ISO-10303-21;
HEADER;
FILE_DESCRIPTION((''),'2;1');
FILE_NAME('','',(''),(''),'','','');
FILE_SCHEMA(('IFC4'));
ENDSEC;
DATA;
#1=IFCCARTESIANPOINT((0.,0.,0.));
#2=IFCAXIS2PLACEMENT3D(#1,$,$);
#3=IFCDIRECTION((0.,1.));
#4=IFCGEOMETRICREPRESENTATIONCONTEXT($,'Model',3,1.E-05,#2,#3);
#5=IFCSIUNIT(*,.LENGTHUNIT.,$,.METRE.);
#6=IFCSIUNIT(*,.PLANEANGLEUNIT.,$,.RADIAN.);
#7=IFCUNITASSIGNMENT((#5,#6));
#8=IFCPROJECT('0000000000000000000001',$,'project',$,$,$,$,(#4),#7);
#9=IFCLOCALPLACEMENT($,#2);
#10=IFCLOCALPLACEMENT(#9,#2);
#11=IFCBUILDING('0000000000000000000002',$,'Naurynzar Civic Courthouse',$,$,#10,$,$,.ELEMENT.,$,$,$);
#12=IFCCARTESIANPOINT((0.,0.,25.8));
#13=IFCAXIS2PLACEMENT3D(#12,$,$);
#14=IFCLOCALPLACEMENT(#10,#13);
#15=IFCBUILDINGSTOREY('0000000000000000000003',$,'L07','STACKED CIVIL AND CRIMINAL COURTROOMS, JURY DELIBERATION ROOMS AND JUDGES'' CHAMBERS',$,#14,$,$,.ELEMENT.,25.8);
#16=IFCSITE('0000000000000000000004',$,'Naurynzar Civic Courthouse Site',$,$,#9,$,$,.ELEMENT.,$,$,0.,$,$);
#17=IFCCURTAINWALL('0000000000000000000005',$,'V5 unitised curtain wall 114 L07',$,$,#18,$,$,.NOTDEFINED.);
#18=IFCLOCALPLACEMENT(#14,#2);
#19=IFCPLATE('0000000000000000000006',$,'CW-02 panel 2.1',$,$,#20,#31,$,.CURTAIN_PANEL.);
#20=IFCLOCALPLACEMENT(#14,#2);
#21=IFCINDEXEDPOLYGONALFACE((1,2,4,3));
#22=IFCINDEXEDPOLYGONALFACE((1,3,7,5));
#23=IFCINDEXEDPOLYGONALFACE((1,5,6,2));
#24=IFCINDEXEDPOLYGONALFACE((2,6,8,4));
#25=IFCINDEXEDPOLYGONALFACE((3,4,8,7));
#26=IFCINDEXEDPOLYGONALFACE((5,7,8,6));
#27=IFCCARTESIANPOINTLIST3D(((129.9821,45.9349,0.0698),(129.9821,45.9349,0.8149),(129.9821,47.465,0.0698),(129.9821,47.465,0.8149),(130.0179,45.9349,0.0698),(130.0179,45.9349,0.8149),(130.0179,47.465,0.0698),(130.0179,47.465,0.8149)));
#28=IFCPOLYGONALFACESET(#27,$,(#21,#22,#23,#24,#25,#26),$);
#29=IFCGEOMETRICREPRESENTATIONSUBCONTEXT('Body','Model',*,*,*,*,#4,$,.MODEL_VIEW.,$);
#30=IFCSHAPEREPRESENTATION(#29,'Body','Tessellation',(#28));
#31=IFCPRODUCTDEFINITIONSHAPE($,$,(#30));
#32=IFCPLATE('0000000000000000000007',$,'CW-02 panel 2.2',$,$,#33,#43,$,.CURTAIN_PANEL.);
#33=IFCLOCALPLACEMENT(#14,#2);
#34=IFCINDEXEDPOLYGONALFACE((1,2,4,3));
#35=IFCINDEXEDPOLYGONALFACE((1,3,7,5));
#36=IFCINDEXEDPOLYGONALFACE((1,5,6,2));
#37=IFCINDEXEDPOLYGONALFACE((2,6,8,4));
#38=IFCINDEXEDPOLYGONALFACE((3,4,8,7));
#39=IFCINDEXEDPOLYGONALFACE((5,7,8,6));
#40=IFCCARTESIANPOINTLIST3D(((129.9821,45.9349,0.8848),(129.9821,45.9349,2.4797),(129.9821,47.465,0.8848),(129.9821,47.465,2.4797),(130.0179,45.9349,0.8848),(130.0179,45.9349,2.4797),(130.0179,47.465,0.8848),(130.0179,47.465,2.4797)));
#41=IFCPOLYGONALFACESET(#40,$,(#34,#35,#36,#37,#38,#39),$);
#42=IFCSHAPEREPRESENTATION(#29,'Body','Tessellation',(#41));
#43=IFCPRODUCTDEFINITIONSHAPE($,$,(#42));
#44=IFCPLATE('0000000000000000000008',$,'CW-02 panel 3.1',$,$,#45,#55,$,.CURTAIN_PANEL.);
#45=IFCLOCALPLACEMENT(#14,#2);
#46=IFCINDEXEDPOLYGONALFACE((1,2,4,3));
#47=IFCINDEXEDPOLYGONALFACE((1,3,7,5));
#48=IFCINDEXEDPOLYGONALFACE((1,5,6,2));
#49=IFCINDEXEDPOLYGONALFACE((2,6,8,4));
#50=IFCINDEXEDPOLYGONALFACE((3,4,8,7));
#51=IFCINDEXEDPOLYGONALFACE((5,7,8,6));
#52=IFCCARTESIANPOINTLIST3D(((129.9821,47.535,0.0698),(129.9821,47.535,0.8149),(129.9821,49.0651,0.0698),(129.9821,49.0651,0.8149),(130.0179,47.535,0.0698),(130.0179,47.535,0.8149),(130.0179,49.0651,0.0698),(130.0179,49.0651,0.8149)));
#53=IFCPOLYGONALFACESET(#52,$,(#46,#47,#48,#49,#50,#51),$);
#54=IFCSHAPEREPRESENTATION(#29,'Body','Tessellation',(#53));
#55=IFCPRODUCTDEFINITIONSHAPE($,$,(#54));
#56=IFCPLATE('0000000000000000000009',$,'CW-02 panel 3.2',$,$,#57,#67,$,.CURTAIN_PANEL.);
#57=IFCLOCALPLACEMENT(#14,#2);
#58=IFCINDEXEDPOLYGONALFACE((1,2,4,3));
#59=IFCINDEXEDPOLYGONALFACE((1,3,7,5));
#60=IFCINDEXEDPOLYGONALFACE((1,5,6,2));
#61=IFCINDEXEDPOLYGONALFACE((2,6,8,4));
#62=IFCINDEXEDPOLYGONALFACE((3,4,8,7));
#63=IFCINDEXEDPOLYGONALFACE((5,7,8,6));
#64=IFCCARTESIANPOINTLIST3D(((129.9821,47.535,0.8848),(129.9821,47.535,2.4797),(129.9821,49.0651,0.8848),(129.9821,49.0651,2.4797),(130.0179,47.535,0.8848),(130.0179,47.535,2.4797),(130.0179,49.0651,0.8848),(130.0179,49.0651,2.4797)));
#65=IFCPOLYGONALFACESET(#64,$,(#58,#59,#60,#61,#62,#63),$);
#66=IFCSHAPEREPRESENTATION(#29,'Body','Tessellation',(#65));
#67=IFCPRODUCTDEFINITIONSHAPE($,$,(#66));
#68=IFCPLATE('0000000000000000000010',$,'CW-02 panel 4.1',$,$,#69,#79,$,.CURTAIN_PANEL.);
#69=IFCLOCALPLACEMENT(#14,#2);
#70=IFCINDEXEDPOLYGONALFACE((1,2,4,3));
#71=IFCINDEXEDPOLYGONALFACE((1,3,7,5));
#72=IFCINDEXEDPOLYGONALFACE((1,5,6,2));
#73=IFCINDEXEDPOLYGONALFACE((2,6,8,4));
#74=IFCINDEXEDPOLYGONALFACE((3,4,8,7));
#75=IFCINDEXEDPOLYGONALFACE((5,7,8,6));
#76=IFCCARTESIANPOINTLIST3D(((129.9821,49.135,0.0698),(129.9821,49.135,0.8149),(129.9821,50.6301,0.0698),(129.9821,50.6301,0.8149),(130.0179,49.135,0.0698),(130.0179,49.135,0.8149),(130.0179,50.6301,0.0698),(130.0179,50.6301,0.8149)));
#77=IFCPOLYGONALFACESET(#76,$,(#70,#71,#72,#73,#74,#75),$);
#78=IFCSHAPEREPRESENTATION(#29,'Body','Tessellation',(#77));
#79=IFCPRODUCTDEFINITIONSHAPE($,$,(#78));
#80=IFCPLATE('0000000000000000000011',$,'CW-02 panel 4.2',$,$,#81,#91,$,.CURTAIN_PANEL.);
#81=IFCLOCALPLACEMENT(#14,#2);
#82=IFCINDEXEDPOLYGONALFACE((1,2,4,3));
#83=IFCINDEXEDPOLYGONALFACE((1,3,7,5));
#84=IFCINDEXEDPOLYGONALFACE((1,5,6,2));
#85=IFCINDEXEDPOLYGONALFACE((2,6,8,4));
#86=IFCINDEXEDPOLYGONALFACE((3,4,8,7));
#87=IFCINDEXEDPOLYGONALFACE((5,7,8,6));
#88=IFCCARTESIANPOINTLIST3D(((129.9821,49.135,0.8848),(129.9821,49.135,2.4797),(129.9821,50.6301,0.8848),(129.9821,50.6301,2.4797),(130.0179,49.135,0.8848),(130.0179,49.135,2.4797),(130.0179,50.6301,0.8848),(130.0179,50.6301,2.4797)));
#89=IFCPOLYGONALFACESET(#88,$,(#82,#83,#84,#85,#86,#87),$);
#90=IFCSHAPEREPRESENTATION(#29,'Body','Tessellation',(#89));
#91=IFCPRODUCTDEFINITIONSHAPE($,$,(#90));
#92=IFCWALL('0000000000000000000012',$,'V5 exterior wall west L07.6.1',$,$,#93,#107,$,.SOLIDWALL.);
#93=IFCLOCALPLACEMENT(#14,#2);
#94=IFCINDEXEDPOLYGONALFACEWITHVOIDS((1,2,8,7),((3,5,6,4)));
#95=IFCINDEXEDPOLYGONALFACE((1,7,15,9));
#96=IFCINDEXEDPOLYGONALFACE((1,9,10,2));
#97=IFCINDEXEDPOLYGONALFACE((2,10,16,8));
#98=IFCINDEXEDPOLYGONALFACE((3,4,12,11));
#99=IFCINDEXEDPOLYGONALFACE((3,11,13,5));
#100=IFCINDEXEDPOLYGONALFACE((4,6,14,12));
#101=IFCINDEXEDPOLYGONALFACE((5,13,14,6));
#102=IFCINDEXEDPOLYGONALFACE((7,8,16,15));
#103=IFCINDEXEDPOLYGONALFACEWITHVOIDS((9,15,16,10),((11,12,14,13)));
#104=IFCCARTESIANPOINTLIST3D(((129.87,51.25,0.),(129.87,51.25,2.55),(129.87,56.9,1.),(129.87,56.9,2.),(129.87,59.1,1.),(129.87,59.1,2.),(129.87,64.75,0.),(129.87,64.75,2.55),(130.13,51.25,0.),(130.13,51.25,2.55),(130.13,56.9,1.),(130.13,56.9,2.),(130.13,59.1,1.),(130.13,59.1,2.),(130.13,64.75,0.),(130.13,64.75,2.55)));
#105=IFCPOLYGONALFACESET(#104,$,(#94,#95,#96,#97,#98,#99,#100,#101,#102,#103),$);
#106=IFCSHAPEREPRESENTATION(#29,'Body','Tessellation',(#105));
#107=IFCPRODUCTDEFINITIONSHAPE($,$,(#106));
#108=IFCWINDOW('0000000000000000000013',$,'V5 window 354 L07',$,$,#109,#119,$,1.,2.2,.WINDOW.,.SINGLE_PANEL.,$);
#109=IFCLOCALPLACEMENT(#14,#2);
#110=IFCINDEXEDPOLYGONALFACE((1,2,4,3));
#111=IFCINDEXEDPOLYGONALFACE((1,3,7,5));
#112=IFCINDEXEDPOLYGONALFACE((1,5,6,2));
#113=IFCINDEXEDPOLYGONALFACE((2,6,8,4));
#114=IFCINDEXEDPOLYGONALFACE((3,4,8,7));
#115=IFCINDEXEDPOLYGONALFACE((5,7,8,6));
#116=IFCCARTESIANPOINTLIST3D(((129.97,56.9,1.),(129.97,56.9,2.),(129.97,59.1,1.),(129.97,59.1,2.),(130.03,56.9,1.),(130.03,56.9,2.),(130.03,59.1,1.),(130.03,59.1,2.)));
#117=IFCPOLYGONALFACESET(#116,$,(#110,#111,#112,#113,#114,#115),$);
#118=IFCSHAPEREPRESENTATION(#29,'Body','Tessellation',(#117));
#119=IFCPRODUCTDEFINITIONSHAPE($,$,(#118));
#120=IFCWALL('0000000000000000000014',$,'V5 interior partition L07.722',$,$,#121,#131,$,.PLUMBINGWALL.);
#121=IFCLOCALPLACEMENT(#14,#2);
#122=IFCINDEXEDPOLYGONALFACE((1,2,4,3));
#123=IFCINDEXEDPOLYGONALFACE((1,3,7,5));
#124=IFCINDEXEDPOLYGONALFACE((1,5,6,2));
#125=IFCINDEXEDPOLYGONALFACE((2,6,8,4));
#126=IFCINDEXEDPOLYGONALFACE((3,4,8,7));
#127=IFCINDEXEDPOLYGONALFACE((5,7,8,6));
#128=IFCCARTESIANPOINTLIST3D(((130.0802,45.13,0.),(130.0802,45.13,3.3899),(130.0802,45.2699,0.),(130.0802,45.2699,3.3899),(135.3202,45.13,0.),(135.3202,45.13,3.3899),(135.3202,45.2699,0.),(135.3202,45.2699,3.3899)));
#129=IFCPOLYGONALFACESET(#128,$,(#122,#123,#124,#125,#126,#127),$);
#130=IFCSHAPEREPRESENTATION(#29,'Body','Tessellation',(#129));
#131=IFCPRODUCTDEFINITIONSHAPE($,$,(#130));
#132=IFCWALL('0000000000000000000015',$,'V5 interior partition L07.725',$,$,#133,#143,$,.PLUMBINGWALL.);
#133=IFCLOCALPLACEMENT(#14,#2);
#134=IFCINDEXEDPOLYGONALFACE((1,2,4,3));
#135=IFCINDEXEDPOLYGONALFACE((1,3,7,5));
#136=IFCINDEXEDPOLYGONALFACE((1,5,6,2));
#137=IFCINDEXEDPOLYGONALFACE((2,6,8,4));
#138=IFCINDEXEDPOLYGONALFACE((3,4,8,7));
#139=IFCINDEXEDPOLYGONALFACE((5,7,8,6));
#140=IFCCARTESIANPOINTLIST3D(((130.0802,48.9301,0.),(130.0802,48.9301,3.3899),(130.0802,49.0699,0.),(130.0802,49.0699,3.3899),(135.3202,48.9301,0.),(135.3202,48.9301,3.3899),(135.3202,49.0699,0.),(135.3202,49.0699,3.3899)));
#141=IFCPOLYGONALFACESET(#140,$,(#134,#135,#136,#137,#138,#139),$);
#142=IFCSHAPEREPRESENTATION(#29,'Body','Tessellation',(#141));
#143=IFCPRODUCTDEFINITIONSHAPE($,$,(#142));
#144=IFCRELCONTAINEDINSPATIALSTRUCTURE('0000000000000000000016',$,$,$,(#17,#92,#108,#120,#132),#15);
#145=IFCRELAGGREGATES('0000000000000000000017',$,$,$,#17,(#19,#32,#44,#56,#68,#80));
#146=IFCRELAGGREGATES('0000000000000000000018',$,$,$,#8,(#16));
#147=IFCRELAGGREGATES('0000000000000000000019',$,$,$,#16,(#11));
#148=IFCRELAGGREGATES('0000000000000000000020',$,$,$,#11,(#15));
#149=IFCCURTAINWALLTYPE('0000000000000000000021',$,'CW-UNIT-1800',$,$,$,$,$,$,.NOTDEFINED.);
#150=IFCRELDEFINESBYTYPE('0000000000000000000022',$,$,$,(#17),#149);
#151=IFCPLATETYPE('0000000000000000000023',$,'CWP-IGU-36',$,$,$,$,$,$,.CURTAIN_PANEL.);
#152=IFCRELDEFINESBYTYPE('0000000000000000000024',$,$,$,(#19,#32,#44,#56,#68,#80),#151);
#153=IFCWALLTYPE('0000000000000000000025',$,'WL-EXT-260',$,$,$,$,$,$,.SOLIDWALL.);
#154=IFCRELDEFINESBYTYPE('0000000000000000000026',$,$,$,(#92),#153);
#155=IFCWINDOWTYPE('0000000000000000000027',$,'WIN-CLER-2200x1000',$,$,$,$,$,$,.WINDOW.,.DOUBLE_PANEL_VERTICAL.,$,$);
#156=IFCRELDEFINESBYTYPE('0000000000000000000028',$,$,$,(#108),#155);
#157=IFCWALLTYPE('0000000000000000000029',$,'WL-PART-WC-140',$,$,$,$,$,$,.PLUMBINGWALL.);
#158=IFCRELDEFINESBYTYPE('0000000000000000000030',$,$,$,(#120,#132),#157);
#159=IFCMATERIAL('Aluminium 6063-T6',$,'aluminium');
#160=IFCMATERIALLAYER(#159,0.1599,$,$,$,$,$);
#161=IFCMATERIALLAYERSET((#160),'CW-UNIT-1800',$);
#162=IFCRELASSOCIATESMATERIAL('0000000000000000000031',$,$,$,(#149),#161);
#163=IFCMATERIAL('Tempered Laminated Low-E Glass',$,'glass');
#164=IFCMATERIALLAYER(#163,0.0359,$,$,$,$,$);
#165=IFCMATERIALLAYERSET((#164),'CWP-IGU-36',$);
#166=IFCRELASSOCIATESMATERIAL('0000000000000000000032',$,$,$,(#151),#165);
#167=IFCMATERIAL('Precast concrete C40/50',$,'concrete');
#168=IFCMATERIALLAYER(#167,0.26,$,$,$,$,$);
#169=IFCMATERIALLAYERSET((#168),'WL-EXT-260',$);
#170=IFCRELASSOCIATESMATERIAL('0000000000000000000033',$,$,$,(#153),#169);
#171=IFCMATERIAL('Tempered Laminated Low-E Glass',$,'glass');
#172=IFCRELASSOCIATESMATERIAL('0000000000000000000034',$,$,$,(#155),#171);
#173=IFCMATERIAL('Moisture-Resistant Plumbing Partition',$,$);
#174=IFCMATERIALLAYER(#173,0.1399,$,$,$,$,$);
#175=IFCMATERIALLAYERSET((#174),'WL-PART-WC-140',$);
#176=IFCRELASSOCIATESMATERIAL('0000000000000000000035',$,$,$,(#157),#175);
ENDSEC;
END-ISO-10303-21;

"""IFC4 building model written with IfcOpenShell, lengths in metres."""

from ifc_helpers import new_model, si_unit, direction, frame, frame_2d, origin, origin_2d, place, context, subcontext, project, spatial, rectangle, extrude, material, layer, layer_set, type_object, element, fill, aggregate, save


model = new_model("IFC4")

# Units and contexts
model_context = context("Model", 3, precision=1e-05, world=origin(), true_north=direction((0.0, 1.0)))
body_context = subcontext(model_context, "Body", "Model", "MODEL_VIEW")
ifc_project = project(units=[si_unit("LENGTHUNIT", "METRE"), si_unit("PLANEANGLEUNIT", "RADIAN")], contexts=[model_context])

# Site, building, storey
site_placement = place(None, origin())
site = spatial("IfcSite", under=ifc_project, at=site_placement, Name="Naurynzar Civic Courthouse Site", CompositionType="ELEMENT", RefElevation=0.0)
building_placement = place(site_placement, origin())
building = spatial("IfcBuilding", under=site, at=building_placement, Name="Naurynzar Civic Courthouse", CompositionType="ELEMENT")
storey_placement = place(building_placement, frame((0.0, 0.0, 25.8)))
storey = spatial("IfcBuildingStorey", under=building, at=storey_placement, Name="L07", Description="STACKED CIVIL AND CRIMINAL COURTROOMS, JURY DELIBERATION ROOMS AND JUDGES' CHAMBERS", CompositionType="ELEMENT", Elevation=25.8)

# Curtain wall, plates
ifc_material_1 = material(Name="Aluminium 6063-T6", Category="aluminium")
ifc_layer_1 = layer(ifc_material_1, 0.1599)
ifc_layer_set_1 = layer_set([ifc_layer_1], Name="CW-UNIT-1800")
curtain_wall_type = type_object("IfcCurtainWallType", Name="CW-UNIT-1800", PredefinedType="NOTDEFINED", material=ifc_layer_set_1)
curtain_wall_placement = place(storey_placement, origin())
curtain_wall = element("IfcCurtainWall", 1, at=curtain_wall_placement, inside=storey, type_object=curtain_wall_type, Name="V5 unitised curtain wall 114 L07", PredefinedType="NOTDEFINED")
ifc_material_2 = material(Name="Tempered Laminated Low-E Glass", Category="glass")
ifc_layer_2 = layer(ifc_material_2, 0.0359)
ifc_layer_set_2 = layer_set([ifc_layer_2], Name="CWP-IGU-36")
plate_type = type_object("IfcPlateType", Name="CWP-IGU-36", PredefinedType="CURTAIN_PANEL", material=ifc_layer_set_2)
plate_1_placement = place(storey_placement, frame((130.0, 46.7, 0.0698), z_axis=(0.0, 0.0, 1.0), x_axis=(0.0, 1.0, 0.0)))
plate_1 = element("IfcPlate", 2, at=plate_1_placement, type_object=plate_type, Name="CW-02 panel 2.1", PredefinedType="CURTAIN_PANEL", context=body_context, shape_type="SweptSolid", body=[
    extrude(rectangle(XDim=1.53, YDim=0.0359, at=origin_2d()), origin(), (0.0, 0.0, 1.0), 0.7451),
])
plate_2_placement = place(storey_placement, frame((130.0, 46.7, 0.8848), z_axis=(0.0, 0.0, 1.0), x_axis=(0.0, 1.0, 0.0)))
plate_2 = element("IfcPlate", 3, at=plate_2_placement, type_object=plate_type, Name="CW-02 panel 2.2", PredefinedType="CURTAIN_PANEL", context=body_context, shape_type="SweptSolid", body=[
    extrude(rectangle(XDim=1.53, YDim=0.0359, at=origin_2d()), origin(), (0.0, 0.0, 1.0), 1.595),
])
plate_3_placement = place(storey_placement, frame((130.0, 48.3, 0.0698), z_axis=(0.0, 0.0, 1.0), x_axis=(0.0, 1.0, 0.0)))
plate_3 = element("IfcPlate", 4, at=plate_3_placement, type_object=plate_type, Name="CW-02 panel 3.1", PredefinedType="CURTAIN_PANEL", context=body_context, shape_type="SweptSolid", body=[
    extrude(rectangle(XDim=1.53, YDim=0.0359, at=origin_2d()), origin(), (0.0, 0.0, 1.0), 0.7451),
])
plate_4_placement = place(storey_placement, frame((130.0, 48.3, 0.8848), z_axis=(0.0, 0.0, 1.0), x_axis=(0.0, 1.0, 0.0)))
plate_4 = element("IfcPlate", 5, at=plate_4_placement, type_object=plate_type, Name="CW-02 panel 3.2", PredefinedType="CURTAIN_PANEL", context=body_context, shape_type="SweptSolid", body=[
    extrude(rectangle(XDim=1.53, YDim=0.0359, at=origin_2d()), origin(), (0.0, 0.0, 1.0), 1.595),
])
plate_5_placement = place(storey_placement, frame((130.0, 49.8826, 0.0698), z_axis=(0.0, 0.0, 1.0), x_axis=(0.0, 1.0, 0.0)))
plate_5 = element("IfcPlate", 6, at=plate_5_placement, type_object=plate_type, Name="CW-02 panel 4.1", PredefinedType="CURTAIN_PANEL", context=body_context, shape_type="SweptSolid", body=[
    extrude(rectangle(XDim=1.4951, YDim=0.0359, at=origin_2d()), origin(), (0.0, 0.0, 1.0), 0.7451),
])
plate_6_placement = place(storey_placement, frame((130.0, 49.8826, 0.8848), z_axis=(0.0, 0.0, 1.0), x_axis=(0.0, 1.0, 0.0)))
plate_6 = element("IfcPlate", 7, at=plate_6_placement, type_object=plate_type, Name="CW-02 panel 4.2", PredefinedType="CURTAIN_PANEL", context=body_context, shape_type="SweptSolid", body=[
    extrude(rectangle(XDim=1.4951, YDim=0.0359, at=origin_2d()), origin(), (0.0, 0.0, 1.0), 1.595),
])
aggregate(curtain_wall, [plate_1, plate_2, plate_3, plate_4, plate_5, plate_6])

# Wall, opening, window
ifc_material_3 = material(Name="Precast concrete C40/50", Category="concrete")
ifc_layer_3 = layer(ifc_material_3, 0.26)
ifc_layer_set_3 = layer_set([ifc_layer_3], Name="WL-EXT-260")
wall_type_1 = type_object("IfcWallType", Name="WL-EXT-260", PredefinedType="SOLIDWALL", material=ifc_layer_set_3)
wall_placement = place(storey_placement, frame((130.0, 51.25, 0.0), z_axis=(0.0, 0.0, 1.0), x_axis=(0.0, 1.0, 0.0)))
wall = element("IfcWall", 8, at=wall_placement, inside=storey, type_object=wall_type_1, Name="V5 exterior wall west L07.6.1", PredefinedType="SOLIDWALL", context=body_context, shape_type="SweptSolid", body=[
    extrude(rectangle(XDim=13.5, YDim=0.26, at=frame_2d((6.75, 0.0))), origin(), (0.0, 0.0, 1.0), 2.55),
])
opening_placement = place(wall_placement, frame((5.6499, 0.0, 1.0)))
opening = element("IfcOpeningElement", 9, at=opening_placement, cuts=wall, PredefinedType="OPENING", context=body_context, shape_type="SweptSolid", body=[
    extrude(rectangle(XDim=2.2, YDim=1.0, at=frame_2d((1.1001, 0.5))), frame((0.0, 0.1399, 0.0), z_axis=(0.0, -1.0, 0.0), x_axis=(1.0, 0.0, 0.0)), (0.0, 0.0, 1.0), 0.28),
])
ifc_material_4 = material(Name="Tempered Laminated Low-E Glass", Category="glass")
window_type = type_object("IfcWindowType", Name="WIN-CLER-2200x1000", PartitioningType="DOUBLE_PANEL_VERTICAL", PredefinedType="WINDOW", material=ifc_material_4)
window_placement = place(opening_placement, origin())
window = element("IfcWindow", 10, at=window_placement, inside=storey, type_object=window_type, Name="V5 window 354 L07", OverallHeight=1.0, OverallWidth=2.2, PartitioningType="SINGLE_PANEL", PredefinedType="WINDOW", context=body_context, shape_type="SweptSolid", body=[
    extrude(rectangle(XDim=2.2, YDim=1.0, at=frame_2d((1.1001, 0.5))), frame((0.0, 0.03, 0.0), z_axis=(0.0, -1.0, 0.0), x_axis=(1.0, 0.0, 0.0)), (0.0, 0.0, 1.0), 0.0601),
])
fill(opening, window)

# Walls
ifc_material_5 = material(Name="Moisture-Resistant Plumbing Partition")
ifc_layer_4 = layer(ifc_material_5, 0.1399)
ifc_layer_set_4 = layer_set([ifc_layer_4], Name="WL-PART-WC-140")
wall_type_2 = type_object("IfcWallType", Name="WL-PART-WC-140", PredefinedType="PLUMBINGWALL", material=ifc_layer_set_4)
for number, where, z_axis, x_axis, name in (
    (11, (130.0801, 45.2, 0.0), (0.0, 0.0, 1.0), (1.0, 0.0, 0.0), "V5 interior partition L07.722"),
    (12, (130.0801, 49.0, 0.0), (0.0, 0.0, 1.0), (1.0, 0.0, 0.0), "V5 interior partition L07.725"),
):
    element("IfcWall", number, at=place(storey_placement, frame(where, z_axis=z_axis, x_axis=x_axis)), inside=storey, type_object=wall_type_2, Name=name, PredefinedType="PLUMBINGWALL", context=body_context, shape_type="SweptSolid", body=[
        extrude(rectangle(XDim=5.24, YDim=0.1399, at=frame_2d((2.6201, 0.0))), origin(), (0.0, 0.0, 1.0), 3.3899),
    ])

save(model, "model.ifc")
